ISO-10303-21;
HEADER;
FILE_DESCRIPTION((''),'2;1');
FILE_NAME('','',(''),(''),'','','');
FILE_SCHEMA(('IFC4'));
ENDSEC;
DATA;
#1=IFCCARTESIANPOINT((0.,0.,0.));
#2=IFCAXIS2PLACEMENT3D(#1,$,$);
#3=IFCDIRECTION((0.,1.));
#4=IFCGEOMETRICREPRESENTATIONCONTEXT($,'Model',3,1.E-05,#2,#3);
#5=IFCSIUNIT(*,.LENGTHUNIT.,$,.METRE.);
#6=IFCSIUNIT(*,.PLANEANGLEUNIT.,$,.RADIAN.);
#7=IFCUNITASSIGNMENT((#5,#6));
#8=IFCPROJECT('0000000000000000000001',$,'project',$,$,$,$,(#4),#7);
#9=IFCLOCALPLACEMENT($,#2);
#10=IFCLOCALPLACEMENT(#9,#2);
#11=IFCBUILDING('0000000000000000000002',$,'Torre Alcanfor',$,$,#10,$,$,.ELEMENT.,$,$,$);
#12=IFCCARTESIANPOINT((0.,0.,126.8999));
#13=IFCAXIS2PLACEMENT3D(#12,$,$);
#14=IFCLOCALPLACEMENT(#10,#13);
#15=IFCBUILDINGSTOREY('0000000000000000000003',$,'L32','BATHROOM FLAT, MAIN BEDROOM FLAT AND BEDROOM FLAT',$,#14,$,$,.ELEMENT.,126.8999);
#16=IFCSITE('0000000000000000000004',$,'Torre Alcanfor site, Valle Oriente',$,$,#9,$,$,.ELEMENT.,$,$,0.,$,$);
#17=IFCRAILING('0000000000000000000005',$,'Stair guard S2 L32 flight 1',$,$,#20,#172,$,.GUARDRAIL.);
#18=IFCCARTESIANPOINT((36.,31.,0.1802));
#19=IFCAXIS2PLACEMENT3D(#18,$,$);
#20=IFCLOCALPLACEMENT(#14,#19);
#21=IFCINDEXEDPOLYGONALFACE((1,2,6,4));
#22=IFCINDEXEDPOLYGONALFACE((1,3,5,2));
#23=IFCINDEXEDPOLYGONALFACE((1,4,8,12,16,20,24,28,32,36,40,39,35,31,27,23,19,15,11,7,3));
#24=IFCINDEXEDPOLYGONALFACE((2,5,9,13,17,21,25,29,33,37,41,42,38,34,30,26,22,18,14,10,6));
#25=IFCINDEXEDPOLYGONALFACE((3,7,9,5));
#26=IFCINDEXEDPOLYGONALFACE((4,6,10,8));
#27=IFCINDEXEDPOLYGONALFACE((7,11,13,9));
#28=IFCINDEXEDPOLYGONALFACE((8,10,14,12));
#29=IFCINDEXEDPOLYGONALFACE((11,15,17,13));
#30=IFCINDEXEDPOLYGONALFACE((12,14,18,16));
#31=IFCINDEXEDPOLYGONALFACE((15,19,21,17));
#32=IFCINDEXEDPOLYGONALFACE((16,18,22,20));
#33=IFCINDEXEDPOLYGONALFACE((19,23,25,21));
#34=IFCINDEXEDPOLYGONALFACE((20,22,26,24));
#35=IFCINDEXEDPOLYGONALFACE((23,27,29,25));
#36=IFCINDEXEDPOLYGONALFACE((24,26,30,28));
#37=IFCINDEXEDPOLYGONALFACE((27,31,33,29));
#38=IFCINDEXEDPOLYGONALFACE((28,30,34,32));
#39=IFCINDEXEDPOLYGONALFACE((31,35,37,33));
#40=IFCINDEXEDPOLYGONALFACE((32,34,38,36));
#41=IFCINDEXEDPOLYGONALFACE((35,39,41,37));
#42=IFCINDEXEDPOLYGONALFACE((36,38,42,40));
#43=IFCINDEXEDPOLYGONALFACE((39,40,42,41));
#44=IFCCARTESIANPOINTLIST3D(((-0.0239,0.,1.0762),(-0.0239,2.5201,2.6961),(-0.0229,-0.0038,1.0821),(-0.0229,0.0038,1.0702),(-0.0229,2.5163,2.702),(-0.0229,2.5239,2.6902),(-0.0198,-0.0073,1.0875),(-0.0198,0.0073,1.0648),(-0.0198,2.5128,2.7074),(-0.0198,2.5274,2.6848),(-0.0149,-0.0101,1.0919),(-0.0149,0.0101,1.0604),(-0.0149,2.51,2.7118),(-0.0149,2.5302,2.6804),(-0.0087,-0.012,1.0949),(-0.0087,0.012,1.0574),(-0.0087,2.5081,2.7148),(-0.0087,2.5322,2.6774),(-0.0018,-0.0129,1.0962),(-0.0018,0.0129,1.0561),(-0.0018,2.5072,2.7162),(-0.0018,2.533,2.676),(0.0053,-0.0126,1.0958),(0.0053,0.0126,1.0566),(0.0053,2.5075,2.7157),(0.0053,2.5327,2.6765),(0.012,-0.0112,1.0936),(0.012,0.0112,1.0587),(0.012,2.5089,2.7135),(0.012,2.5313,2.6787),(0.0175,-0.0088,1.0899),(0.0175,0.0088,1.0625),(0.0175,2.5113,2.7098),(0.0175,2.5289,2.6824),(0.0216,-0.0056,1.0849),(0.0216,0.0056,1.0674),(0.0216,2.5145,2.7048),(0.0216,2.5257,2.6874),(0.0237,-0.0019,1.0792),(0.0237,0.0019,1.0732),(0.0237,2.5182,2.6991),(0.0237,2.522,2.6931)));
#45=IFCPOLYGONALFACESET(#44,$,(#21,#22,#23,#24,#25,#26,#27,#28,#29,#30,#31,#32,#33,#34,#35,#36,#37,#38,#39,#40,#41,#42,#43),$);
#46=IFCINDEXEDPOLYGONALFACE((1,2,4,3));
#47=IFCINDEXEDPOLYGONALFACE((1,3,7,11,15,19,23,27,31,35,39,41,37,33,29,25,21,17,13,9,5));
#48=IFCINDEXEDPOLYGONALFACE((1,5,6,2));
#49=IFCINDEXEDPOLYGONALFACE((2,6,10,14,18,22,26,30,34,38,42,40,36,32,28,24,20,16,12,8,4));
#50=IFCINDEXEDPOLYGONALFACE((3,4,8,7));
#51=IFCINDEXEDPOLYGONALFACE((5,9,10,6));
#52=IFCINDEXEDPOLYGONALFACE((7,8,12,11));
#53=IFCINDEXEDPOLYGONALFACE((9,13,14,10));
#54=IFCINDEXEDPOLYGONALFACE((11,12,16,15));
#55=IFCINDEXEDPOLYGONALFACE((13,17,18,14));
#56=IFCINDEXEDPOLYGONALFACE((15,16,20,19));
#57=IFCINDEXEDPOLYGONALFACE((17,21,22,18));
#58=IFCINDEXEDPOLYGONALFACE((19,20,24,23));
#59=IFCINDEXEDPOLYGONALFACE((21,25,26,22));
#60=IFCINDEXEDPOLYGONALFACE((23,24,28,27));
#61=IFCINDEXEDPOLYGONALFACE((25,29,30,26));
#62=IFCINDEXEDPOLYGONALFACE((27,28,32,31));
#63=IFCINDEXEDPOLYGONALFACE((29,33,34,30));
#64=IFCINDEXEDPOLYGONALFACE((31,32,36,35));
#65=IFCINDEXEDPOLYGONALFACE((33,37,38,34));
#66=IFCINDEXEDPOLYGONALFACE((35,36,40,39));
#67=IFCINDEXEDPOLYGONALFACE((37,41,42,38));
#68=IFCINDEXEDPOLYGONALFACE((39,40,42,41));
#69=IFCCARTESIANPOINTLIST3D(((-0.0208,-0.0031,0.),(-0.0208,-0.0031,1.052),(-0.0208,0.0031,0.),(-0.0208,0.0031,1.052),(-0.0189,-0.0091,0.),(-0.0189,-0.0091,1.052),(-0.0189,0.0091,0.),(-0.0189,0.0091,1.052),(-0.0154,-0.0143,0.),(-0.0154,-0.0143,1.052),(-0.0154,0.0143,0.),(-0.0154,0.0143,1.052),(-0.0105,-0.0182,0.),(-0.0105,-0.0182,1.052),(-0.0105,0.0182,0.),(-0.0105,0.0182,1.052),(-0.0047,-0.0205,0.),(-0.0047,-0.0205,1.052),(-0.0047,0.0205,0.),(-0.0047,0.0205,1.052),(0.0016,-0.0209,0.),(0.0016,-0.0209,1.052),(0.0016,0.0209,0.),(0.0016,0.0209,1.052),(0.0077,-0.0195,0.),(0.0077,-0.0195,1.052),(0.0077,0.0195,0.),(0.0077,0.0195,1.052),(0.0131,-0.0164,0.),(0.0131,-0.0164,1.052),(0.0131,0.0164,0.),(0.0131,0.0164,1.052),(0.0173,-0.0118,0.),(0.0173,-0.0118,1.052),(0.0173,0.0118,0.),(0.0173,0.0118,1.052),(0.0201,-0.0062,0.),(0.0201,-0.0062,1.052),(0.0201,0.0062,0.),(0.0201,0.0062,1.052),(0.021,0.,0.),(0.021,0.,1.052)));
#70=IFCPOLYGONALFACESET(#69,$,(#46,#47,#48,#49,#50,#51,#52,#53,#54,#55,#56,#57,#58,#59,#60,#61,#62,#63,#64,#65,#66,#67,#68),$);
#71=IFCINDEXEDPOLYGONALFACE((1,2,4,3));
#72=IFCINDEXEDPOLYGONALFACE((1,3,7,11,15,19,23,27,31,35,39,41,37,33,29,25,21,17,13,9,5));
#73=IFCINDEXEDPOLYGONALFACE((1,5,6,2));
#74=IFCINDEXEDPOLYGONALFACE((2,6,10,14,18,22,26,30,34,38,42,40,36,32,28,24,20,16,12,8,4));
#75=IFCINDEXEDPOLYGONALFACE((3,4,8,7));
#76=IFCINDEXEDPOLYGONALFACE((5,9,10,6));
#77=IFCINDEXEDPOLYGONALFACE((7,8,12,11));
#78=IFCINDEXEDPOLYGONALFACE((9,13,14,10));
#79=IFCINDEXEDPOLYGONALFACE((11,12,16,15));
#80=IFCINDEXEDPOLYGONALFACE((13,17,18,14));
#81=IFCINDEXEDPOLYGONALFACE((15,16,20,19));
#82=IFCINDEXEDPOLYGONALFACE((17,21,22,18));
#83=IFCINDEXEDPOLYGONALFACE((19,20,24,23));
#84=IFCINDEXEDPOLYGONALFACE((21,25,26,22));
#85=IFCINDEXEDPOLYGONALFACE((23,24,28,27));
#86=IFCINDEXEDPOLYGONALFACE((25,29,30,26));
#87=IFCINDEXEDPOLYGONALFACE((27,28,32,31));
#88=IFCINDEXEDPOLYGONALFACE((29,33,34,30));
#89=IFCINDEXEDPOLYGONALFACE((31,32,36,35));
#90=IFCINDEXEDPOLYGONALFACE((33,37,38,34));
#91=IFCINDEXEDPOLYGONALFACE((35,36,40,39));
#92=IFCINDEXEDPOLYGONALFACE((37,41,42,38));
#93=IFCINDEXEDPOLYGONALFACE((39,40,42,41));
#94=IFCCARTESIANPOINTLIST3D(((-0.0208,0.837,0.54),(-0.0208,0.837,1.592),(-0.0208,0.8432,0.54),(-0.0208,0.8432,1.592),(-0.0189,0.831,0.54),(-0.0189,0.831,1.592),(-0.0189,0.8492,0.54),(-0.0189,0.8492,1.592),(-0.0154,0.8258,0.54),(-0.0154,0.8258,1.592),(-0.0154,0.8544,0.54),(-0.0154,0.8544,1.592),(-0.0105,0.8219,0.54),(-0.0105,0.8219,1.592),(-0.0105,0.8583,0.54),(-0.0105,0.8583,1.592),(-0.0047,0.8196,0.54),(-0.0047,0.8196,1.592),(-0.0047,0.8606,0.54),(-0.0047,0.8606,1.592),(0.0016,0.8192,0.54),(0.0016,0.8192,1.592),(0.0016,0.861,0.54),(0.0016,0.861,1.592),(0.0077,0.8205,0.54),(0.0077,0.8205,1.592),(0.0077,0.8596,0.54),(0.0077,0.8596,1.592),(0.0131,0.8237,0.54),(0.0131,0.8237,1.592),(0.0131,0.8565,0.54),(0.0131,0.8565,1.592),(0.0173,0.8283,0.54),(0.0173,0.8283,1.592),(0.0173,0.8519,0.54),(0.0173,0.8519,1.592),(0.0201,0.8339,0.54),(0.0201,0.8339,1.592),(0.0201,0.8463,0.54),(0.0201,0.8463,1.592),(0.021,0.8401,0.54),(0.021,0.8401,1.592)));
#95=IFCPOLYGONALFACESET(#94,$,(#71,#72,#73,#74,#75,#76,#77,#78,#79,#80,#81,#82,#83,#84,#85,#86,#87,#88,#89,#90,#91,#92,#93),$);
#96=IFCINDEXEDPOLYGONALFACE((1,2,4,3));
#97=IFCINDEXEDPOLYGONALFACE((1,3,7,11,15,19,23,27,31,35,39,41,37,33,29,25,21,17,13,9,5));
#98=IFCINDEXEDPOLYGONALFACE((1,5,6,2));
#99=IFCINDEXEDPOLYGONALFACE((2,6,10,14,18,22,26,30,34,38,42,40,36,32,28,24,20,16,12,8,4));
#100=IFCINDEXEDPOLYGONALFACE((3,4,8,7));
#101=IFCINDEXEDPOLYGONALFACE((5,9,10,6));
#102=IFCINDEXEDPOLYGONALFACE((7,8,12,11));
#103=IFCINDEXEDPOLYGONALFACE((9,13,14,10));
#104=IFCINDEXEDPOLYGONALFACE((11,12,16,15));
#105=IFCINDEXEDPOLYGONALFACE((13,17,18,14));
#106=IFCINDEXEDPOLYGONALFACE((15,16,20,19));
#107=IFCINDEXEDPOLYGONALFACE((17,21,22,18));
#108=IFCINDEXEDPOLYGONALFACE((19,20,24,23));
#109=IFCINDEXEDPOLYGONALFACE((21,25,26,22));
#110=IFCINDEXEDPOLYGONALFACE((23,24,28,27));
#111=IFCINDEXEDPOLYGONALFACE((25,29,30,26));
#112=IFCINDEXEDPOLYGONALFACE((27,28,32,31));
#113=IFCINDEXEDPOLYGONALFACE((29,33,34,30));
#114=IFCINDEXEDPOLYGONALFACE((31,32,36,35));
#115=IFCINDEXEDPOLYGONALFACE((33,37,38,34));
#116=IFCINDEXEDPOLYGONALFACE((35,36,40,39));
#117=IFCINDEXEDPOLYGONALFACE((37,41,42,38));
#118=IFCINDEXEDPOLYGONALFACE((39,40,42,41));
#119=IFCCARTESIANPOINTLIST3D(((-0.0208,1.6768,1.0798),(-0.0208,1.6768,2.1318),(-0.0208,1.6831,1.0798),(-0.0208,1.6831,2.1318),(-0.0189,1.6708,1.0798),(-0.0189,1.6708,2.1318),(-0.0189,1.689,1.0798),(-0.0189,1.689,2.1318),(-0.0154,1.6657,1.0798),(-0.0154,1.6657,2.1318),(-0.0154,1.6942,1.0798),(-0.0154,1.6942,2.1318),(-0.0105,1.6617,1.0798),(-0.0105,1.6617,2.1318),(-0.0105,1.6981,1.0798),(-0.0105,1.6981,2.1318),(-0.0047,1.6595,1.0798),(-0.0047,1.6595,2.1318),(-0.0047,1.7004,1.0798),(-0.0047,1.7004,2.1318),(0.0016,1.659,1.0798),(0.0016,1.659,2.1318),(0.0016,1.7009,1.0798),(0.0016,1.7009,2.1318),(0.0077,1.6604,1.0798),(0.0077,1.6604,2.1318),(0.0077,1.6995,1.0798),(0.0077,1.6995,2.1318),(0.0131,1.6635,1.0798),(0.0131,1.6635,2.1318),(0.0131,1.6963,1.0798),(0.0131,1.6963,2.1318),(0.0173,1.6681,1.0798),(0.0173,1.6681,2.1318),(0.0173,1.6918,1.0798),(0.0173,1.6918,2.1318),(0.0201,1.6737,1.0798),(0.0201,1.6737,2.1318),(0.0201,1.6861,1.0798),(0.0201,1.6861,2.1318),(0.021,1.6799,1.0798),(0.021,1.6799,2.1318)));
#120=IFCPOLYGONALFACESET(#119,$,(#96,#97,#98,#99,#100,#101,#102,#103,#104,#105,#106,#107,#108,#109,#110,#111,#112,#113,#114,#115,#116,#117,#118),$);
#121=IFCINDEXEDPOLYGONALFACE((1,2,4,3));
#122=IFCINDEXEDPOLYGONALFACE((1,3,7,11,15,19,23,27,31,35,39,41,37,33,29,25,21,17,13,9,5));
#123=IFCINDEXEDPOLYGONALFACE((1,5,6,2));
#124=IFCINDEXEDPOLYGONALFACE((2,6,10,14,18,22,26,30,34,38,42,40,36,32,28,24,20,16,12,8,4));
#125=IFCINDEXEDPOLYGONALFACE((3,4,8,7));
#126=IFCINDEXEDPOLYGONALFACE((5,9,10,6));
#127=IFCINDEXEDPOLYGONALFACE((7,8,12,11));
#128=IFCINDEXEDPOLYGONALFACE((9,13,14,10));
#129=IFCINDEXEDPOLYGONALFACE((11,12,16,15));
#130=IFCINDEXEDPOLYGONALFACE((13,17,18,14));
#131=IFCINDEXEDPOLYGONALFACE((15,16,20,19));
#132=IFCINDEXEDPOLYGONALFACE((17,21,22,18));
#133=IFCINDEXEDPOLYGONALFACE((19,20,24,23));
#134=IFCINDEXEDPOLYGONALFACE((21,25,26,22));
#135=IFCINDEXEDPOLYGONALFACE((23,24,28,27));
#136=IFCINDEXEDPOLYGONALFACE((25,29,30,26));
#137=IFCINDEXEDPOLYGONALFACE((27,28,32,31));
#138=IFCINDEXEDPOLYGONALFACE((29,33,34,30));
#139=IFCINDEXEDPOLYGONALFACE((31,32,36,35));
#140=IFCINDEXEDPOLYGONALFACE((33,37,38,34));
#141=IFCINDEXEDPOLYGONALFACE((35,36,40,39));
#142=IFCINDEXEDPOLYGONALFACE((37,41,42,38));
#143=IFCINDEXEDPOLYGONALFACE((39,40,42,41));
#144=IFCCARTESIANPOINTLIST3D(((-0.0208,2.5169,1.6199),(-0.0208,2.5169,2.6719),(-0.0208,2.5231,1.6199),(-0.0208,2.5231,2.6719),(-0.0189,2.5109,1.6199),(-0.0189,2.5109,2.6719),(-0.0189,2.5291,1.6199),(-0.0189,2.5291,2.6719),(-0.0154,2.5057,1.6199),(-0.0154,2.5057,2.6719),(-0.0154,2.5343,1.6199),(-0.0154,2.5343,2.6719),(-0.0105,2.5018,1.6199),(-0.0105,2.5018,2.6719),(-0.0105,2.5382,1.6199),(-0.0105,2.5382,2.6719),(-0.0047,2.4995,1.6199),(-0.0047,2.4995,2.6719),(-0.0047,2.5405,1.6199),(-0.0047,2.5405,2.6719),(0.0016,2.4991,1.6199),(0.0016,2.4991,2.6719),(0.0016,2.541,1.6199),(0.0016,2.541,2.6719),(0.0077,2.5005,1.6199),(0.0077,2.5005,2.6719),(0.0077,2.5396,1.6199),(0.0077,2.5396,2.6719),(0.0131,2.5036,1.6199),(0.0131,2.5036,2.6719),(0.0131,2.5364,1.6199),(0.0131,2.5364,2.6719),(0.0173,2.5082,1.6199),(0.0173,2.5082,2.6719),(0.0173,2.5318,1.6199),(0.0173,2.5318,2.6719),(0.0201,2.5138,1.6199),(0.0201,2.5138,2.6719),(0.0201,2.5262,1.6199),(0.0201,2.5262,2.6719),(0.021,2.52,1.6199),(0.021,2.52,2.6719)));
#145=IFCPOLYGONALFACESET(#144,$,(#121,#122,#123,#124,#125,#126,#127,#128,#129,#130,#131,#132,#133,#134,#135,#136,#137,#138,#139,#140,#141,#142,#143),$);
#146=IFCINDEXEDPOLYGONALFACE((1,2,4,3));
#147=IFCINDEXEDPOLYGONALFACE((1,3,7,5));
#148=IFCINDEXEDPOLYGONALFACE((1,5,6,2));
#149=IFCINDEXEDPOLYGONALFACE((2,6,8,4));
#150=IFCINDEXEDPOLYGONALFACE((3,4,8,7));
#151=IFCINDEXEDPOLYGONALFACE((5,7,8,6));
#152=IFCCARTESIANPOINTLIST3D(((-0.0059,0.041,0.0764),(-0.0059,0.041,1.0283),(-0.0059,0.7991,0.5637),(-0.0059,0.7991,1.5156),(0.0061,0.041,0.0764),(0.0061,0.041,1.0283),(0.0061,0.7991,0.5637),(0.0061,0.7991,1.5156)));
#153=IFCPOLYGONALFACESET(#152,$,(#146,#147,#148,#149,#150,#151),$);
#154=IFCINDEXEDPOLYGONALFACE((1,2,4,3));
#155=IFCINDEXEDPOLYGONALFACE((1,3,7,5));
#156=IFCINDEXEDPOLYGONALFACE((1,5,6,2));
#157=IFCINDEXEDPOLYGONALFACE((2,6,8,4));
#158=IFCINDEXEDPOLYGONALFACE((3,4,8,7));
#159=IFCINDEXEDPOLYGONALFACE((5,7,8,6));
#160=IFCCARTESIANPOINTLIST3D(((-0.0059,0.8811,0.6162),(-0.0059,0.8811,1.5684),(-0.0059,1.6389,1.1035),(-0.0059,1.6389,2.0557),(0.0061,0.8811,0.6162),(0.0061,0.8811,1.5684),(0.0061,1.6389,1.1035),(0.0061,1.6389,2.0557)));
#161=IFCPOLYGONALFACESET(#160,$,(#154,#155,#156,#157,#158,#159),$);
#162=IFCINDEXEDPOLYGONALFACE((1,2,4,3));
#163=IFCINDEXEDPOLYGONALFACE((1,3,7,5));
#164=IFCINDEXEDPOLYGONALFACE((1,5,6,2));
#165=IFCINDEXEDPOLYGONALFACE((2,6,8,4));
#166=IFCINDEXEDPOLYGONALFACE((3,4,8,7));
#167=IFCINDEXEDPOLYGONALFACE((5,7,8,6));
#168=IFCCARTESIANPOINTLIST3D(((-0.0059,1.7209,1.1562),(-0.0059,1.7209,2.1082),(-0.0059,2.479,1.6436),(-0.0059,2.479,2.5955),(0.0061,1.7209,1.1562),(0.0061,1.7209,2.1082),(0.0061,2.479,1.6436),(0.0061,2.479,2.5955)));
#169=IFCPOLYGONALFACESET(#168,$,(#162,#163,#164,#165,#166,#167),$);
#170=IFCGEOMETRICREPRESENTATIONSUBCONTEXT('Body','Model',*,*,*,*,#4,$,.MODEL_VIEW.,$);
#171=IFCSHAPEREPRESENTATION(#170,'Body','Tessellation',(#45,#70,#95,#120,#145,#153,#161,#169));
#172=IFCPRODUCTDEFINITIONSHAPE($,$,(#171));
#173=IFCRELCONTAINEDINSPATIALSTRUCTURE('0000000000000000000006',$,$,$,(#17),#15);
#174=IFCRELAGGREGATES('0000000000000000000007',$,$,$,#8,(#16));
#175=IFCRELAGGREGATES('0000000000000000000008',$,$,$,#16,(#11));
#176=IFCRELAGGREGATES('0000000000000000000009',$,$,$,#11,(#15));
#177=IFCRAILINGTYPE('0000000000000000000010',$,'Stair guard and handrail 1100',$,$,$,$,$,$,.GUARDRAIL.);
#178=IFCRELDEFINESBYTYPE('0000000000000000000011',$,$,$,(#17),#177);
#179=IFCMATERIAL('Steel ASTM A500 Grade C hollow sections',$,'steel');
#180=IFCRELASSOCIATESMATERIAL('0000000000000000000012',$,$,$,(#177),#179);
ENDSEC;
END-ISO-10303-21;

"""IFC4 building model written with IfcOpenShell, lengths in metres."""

from ifc_helpers import new_model, si_unit, direction, frame, origin, origin_2d, place, context, subcontext, project, spatial, polyline, circle, outline, extrude, material, type_object, element, save


model = new_model("IFC4")

# Units and contexts
model_context = context("Model", 3, precision=1e-05, world=origin(), true_north=direction((0.0, 1.0)))
body_context = subcontext(model_context, "Body", "Model", "MODEL_VIEW")
ifc_project = project(units=[si_unit("LENGTHUNIT", "METRE"), si_unit("PLANEANGLEUNIT", "RADIAN")], contexts=[model_context])

# Site, building, storey
site_placement = place(None, origin())
site = spatial("IfcSite", under=ifc_project, at=site_placement, Name="Torre Alcanfor site, Valle Oriente", CompositionType="ELEMENT", RefElevation=0.0)
building_placement = place(site_placement, origin())
building = spatial("IfcBuilding", under=site, at=building_placement, Name="Torre Alcanfor", CompositionType="ELEMENT")
storey_placement = place(building_placement, frame((0.0, 0.0, 126.8999)))
storey = spatial("IfcBuildingStorey", under=building, at=storey_placement, Name="L32", Description="BATHROOM FLAT, MAIN BEDROOM FLAT AND BEDROOM FLAT", CompositionType="ELEMENT", Elevation=126.8999)

# Railing
ifc_material_1 = material(Name="Steel ASTM A500 Grade C hollow sections", Category="steel")
railing_type_1 = type_object("IfcRailingType", Name="Stair guard and handrail 1100", PredefinedType="GUARDRAIL", material=ifc_material_1)
railing_1_placement = place(storey_placement, frame((36.0, 31.0, 0.1802)))
element("IfcRailing", 1, at=railing_1_placement, inside=storey, type_object=railing_type_1, Name="Stair guard S2 L32 flight 1", PredefinedType="GUARDRAIL", context=body_context, shape_type="SweptSolid", body=[
    extrude(circle(Radius=0.0239, at=origin_2d()), frame((0.0, 0.0, 1.0762), z_axis=(0.0, 0.8412, 0.540725), x_axis=(-1.0, 0.0, 0.0)), (0.0, 0.0, 1.0), 2.9958),
    extrude(circle(Radius=0.021, at=origin_2d()), origin(), (0.0, 0.0, 1.0), 1.052),
    extrude(circle(Radius=0.021, at=origin_2d()), frame((0.0, 0.8401, 0.54)), (0.0, 0.0, 1.0), 1.052),
    extrude(circle(Radius=0.021, at=origin_2d()), frame((0.0, 1.6799, 1.0798)), (0.0, 0.0, 1.0), 1.052),
    extrude(circle(Radius=0.021, at=origin_2d()), frame((0.0, 2.52, 1.6199)), (0.0, 0.0, 1.0), 1.052),
    extrude(outline(polyline([(0.041, 0.0764), (0.7991, 0.5637), (0.7991, 1.5156), (0.041, 1.0283), (0.041, 0.0764)])), frame((-0.0059, 0.0, 0.0), z_axis=(1.0, 0.0, 0.0), x_axis=(0.0, 1.0, 0.0)), (0.0, 0.0, 1.0), 0.012),
    extrude(outline(polyline([(0.8811, 0.6162), (1.6389, 1.1035), (1.6389, 2.0557), (0.8811, 1.5684), (0.8811, 0.6162)])), frame((-0.0059, 0.0, 0.0), z_axis=(1.0, 0.0, 0.0), x_axis=(0.0, 1.0, 0.0)), (0.0, 0.0, 1.0), 0.012),
    extrude(outline(polyline([(1.7209, 1.1562), (2.479, 1.6436), (2.479, 2.5955), (1.7209, 2.1082), (1.7209, 1.1562)])), frame((-0.0059, 0.0, 0.0), z_axis=(1.0, 0.0, 0.0), x_axis=(0.0, 1.0, 0.0)), (0.0, 0.0, 1.0), 0.012),
])

save(model, "model.ifc")
